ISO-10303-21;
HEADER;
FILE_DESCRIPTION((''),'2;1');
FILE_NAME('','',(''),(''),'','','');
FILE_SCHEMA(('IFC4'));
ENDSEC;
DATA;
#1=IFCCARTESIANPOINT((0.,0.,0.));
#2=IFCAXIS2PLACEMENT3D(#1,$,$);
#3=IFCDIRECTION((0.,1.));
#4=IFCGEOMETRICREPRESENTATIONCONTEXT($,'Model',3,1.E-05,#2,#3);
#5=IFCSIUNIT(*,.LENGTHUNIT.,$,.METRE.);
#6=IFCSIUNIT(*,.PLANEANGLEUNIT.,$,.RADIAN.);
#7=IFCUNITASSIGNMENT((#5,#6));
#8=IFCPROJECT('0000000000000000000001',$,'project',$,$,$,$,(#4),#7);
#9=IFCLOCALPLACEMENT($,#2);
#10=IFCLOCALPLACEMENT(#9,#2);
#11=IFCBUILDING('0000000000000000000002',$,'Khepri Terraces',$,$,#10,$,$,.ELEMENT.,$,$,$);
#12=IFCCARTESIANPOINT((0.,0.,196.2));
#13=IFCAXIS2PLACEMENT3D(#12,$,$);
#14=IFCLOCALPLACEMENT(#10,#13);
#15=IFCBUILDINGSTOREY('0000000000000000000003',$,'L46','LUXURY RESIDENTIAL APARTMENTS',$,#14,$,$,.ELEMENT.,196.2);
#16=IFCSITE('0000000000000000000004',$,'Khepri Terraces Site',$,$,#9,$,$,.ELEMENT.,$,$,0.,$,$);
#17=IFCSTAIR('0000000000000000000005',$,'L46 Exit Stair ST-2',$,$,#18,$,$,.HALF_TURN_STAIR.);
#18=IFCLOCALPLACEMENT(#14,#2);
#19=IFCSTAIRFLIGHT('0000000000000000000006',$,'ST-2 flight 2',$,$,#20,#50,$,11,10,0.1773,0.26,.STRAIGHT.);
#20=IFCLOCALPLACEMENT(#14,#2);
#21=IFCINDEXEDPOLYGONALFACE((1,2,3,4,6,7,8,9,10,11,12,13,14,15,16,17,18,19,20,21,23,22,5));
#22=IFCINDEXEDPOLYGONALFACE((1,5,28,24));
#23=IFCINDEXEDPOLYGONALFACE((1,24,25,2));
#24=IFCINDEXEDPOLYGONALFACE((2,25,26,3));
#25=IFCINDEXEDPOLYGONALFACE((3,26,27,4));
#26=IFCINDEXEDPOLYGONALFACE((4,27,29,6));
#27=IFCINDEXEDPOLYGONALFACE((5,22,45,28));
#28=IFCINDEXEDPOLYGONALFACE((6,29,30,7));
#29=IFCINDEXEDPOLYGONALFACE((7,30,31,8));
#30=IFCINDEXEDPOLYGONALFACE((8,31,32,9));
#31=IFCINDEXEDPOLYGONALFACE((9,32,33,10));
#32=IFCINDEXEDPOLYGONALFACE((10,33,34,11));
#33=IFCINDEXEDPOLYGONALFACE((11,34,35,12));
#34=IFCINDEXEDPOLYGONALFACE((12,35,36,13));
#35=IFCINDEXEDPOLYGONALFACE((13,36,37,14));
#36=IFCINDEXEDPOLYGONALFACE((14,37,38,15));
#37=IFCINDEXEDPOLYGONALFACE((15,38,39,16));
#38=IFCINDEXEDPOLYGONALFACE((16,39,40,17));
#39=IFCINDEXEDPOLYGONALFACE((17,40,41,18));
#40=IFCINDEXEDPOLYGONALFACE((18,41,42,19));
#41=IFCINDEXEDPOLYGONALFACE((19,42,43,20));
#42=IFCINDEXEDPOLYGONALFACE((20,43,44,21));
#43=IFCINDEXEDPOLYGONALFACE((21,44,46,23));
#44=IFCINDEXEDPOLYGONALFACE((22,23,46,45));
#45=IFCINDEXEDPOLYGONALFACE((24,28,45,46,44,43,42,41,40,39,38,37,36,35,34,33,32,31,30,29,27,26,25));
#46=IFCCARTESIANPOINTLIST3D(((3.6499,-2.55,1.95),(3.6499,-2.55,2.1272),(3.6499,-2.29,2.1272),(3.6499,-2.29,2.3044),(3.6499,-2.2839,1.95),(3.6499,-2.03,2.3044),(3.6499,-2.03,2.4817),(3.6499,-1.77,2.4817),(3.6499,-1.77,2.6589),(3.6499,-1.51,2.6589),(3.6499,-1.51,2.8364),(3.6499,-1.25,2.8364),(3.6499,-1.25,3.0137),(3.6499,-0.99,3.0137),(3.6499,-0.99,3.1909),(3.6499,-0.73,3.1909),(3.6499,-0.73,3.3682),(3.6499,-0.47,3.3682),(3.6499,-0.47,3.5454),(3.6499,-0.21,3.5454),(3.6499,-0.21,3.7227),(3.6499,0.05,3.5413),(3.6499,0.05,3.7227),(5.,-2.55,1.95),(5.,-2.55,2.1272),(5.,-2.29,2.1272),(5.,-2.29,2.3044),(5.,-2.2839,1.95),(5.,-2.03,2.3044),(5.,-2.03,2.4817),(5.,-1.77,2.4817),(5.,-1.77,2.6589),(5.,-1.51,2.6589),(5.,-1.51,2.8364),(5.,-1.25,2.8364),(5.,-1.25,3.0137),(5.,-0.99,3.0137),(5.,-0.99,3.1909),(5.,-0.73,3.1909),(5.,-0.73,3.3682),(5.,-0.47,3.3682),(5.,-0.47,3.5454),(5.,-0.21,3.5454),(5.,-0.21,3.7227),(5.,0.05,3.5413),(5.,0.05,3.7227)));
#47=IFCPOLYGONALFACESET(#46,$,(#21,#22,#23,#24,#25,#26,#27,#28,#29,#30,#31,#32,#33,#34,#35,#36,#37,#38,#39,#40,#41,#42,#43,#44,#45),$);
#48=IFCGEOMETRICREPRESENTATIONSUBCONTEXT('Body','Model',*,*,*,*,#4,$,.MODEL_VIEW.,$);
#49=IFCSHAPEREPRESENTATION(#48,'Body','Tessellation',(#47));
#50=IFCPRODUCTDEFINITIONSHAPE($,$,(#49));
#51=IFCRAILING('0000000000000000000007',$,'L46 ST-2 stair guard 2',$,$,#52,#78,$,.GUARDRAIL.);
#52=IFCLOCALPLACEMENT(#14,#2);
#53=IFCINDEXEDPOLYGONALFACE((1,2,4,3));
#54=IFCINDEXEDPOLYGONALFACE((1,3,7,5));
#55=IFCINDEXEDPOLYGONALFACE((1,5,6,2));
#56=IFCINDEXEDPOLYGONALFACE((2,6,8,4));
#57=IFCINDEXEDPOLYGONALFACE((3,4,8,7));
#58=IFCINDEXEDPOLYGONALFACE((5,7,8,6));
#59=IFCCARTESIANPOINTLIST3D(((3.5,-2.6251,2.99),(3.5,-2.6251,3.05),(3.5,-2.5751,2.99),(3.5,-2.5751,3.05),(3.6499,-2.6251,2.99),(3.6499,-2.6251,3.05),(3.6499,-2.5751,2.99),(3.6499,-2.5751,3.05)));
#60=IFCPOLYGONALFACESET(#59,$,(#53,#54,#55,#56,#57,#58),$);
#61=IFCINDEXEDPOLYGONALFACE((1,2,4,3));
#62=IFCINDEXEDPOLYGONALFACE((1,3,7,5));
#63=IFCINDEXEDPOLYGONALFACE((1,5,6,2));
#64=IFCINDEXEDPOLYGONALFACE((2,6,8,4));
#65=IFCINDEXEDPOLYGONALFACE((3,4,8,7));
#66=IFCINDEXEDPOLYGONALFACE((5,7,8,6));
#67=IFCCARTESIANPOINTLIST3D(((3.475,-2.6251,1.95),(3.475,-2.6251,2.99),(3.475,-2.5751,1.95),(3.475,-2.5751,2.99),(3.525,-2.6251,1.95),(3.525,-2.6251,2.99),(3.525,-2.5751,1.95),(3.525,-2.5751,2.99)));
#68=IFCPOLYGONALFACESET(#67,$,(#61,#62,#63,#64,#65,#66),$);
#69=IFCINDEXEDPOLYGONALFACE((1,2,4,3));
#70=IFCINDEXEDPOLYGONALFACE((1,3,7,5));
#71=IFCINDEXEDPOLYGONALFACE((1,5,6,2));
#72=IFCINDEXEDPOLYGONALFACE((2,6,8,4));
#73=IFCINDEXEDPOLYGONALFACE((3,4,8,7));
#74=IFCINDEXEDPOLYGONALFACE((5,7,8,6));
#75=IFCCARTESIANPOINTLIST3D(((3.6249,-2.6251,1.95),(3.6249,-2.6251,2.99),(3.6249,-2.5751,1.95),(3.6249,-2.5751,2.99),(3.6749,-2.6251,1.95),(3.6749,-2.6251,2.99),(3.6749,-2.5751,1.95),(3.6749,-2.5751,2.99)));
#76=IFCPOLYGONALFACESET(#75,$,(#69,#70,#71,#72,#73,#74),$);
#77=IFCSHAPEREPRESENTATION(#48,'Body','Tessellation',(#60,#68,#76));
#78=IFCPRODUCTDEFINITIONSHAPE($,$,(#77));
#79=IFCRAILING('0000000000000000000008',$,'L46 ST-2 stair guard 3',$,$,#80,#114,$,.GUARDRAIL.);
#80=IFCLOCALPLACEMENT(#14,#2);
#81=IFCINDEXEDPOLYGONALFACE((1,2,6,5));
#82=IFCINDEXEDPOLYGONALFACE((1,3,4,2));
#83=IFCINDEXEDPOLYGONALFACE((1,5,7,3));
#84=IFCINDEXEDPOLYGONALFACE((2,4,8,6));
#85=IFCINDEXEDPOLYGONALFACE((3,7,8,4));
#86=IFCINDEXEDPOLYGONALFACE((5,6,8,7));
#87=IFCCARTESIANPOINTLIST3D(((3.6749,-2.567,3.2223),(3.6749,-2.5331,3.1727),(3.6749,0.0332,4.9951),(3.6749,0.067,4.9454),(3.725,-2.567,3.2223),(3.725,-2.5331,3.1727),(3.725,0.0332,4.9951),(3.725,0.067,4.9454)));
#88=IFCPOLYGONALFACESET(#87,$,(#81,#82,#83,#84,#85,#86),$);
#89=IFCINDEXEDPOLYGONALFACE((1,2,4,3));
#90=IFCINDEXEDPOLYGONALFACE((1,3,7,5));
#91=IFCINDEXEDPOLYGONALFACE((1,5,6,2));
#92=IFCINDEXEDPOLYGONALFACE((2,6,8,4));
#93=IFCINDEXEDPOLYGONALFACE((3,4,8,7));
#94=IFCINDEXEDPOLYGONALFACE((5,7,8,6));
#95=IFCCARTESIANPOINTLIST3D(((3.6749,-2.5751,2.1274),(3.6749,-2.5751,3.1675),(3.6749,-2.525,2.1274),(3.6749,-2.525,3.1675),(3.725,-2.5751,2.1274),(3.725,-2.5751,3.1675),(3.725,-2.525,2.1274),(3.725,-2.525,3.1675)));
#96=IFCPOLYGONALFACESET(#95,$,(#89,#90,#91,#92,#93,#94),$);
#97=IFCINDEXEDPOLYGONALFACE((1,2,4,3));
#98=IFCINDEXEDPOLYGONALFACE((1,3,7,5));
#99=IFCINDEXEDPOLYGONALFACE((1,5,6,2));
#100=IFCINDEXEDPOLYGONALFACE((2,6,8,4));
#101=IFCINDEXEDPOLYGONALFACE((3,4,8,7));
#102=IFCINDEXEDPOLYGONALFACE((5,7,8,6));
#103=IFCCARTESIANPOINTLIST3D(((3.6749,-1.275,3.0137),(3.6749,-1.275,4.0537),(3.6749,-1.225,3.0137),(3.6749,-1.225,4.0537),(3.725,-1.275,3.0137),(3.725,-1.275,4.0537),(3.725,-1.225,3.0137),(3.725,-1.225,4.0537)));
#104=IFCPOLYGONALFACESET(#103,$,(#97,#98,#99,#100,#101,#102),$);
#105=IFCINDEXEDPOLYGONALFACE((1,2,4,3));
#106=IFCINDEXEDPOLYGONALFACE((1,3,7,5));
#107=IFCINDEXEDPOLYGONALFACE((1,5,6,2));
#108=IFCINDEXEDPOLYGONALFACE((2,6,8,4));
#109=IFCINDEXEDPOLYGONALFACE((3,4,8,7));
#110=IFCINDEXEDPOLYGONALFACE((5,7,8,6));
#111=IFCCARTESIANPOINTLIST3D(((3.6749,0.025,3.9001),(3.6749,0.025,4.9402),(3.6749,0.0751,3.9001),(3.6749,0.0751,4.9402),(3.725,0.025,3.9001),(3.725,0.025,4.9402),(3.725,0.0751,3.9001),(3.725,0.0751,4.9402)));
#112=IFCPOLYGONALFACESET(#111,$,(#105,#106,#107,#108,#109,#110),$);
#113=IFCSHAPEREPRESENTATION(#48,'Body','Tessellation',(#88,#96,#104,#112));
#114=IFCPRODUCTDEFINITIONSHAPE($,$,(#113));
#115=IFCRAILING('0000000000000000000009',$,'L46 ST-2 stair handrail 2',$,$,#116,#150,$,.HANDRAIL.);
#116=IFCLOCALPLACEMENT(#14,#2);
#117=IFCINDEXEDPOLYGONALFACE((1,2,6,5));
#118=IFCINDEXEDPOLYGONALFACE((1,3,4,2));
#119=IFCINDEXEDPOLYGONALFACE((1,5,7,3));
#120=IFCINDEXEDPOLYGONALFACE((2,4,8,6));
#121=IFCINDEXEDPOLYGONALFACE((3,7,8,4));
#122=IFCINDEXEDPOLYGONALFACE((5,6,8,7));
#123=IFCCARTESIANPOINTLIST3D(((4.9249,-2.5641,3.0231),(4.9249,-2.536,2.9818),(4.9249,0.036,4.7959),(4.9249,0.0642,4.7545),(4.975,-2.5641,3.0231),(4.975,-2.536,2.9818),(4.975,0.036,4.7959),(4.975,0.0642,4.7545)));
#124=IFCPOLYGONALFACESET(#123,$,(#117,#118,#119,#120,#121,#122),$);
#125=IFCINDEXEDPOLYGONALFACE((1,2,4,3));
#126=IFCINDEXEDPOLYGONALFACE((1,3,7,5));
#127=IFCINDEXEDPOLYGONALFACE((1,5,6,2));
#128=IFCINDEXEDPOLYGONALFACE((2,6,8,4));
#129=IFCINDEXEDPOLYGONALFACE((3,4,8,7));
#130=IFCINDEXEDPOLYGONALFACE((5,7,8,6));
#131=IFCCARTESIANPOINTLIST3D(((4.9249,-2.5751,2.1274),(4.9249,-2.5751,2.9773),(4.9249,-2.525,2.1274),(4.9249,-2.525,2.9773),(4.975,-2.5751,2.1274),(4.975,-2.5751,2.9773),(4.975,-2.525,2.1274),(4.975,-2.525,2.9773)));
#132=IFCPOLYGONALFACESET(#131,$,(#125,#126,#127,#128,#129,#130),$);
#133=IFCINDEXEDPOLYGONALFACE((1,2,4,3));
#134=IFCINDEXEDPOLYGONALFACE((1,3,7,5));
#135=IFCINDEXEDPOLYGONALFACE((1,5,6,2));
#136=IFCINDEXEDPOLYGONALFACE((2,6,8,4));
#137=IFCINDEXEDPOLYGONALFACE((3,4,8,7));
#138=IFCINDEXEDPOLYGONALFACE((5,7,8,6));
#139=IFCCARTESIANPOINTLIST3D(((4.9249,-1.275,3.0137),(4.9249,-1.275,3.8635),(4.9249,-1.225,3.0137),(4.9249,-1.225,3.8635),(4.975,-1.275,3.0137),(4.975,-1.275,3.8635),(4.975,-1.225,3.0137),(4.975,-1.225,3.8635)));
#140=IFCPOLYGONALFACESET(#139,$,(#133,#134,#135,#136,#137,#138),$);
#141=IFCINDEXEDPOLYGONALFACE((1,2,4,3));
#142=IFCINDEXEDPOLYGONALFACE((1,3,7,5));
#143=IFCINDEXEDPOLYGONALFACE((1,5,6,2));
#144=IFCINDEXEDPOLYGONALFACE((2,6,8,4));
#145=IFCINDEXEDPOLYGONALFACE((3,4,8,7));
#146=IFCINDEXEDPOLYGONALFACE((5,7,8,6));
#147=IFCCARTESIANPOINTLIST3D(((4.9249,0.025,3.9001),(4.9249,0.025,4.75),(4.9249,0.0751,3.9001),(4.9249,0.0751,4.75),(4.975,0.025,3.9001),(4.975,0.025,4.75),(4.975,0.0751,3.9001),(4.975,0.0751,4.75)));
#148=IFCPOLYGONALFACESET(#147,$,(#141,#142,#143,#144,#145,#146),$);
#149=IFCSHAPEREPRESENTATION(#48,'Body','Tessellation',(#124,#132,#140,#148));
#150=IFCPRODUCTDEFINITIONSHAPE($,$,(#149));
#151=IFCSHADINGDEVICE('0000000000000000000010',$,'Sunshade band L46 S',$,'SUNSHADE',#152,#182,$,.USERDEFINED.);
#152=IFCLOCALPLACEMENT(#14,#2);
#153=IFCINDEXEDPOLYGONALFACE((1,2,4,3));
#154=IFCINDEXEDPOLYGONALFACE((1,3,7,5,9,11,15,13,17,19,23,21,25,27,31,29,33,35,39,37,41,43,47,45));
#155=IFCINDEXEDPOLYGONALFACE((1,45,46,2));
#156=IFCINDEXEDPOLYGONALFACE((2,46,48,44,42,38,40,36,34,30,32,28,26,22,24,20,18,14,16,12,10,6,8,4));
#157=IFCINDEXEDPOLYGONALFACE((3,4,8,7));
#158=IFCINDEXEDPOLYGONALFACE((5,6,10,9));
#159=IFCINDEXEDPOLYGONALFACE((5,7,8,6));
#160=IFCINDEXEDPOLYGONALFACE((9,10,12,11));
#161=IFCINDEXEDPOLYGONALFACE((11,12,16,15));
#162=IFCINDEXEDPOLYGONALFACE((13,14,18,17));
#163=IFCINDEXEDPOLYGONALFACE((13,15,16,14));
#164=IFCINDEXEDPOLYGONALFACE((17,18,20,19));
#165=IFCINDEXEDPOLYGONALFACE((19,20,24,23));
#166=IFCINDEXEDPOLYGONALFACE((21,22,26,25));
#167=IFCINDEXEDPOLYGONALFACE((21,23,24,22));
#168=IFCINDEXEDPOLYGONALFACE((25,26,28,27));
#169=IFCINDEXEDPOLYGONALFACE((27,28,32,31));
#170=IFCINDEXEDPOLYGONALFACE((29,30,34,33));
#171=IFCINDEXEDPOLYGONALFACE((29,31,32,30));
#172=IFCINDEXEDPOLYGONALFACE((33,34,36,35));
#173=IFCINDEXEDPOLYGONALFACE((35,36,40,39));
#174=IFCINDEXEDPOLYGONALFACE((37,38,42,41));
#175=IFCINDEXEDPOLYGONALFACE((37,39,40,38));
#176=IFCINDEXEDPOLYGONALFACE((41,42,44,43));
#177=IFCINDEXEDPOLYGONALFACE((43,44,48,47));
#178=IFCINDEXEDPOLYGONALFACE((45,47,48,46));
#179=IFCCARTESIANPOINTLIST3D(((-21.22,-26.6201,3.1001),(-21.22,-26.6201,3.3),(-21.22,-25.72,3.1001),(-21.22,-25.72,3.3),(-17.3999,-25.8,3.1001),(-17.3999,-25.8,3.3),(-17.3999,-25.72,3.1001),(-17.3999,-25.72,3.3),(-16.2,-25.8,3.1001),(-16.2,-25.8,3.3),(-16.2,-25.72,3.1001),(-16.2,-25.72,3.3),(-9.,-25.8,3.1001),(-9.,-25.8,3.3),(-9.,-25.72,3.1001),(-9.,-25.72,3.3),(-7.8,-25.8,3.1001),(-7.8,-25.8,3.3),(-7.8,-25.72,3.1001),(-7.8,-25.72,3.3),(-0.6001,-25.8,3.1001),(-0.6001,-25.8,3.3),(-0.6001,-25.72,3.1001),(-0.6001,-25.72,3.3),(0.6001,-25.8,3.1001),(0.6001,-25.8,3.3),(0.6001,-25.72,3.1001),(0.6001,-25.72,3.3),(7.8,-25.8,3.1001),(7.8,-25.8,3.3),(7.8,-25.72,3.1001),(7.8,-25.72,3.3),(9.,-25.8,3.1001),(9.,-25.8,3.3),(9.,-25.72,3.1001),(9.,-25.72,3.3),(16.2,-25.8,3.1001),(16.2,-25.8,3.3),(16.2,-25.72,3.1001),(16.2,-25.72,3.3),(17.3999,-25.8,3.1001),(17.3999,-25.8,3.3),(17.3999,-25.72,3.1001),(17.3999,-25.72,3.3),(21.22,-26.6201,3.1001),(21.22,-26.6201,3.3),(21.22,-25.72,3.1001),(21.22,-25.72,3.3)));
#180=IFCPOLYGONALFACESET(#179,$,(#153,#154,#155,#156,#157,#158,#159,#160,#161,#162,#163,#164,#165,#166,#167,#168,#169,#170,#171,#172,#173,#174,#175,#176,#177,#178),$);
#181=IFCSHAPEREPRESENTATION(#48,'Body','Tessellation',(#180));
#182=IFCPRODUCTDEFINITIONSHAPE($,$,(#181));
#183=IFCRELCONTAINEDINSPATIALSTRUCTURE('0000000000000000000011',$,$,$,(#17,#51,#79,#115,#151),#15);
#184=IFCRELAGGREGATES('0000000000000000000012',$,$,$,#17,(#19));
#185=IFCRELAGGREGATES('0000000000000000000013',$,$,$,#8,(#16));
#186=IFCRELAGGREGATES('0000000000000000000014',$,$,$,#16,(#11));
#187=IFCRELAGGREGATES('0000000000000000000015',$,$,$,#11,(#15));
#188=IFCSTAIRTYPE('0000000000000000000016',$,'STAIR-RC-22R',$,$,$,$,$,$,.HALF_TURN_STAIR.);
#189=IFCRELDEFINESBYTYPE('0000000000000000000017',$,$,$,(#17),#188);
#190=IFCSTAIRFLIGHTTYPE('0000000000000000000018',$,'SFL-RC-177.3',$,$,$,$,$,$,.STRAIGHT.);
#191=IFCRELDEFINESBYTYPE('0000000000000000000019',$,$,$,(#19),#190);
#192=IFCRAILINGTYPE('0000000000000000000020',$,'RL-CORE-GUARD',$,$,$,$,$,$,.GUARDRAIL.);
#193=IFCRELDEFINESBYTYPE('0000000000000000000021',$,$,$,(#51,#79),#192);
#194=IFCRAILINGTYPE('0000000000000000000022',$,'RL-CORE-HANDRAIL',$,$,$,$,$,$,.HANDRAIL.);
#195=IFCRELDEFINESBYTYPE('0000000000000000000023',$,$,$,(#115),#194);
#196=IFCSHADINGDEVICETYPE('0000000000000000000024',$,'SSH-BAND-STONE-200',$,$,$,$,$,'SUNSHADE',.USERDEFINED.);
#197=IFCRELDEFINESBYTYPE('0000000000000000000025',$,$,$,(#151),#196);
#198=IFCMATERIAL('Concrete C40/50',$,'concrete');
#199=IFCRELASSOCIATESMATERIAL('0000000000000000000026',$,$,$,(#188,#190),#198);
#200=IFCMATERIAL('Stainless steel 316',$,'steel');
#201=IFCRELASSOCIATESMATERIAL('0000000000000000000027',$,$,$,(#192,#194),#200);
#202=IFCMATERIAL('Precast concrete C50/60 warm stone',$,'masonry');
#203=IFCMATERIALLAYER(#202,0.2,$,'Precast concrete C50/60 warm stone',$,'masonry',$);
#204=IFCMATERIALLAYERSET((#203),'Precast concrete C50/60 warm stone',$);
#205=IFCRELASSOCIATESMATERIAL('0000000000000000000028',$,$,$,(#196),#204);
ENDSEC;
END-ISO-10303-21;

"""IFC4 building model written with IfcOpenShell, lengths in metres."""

from ifc_helpers import new_model, si_unit, direction, frame, origin, origin_2d, place, context, subcontext, project, spatial, polyline, rectangle, outline, extrude, material, layer, layer_set, type_object, element, aggregate, save


model = new_model("IFC4")

# Units and contexts
model_context = context("Model", 3, precision=1e-05, world=origin(), true_north=direction((0.0, 1.0)))
body_context = subcontext(model_context, "Body", "Model", "MODEL_VIEW")
ifc_project = project(units=[si_unit("LENGTHUNIT", "METRE"), si_unit("PLANEANGLEUNIT", "RADIAN")], contexts=[model_context])

# Site, building, storey
site_placement = place(None, origin())
site = spatial("IfcSite", under=ifc_project, at=site_placement, Name="Khepri Terraces Site", CompositionType="ELEMENT", RefElevation=0.0)
building_placement = place(site_placement, origin())
building = spatial("IfcBuilding", under=site, at=building_placement, Name="Khepri Terraces", CompositionType="ELEMENT")
storey_placement = place(building_placement, frame((0.0, 0.0, 196.2)))
storey = spatial("IfcBuildingStorey", under=building, at=storey_placement, Name="L46", Description="LUXURY RESIDENTIAL APARTMENTS", CompositionType="ELEMENT", Elevation=196.2)

# Shared definitions
ifc_material_1 = material(Name="Precast concrete C50/60 warm stone", Category="masonry")

# Stair, stair flight
ifc_material_2 = material(Name="Concrete C40/50", Category="concrete")
stair_type = type_object("IfcStairType", Name="STAIR-RC-22R", PredefinedType="HALF_TURN_STAIR", material=ifc_material_2)
stair_placement = place(storey_placement, origin())
stair = element("IfcStair", 1, at=stair_placement, inside=storey, type_object=stair_type, Name="L46 Exit Stair ST-2", PredefinedType="HALF_TURN_STAIR")
stair_flight_type = type_object("IfcStairFlightType", Name="SFL-RC-177.3", PredefinedType="STRAIGHT", material=ifc_material_2)
stair_flight_placement = place(storey_placement, frame((4.325, -2.55, 1.95), z_axis=(0.0, 0.0, 1.0), x_axis=(0.0, 1.0, 0.0)))
stair_flight = element("IfcStairFlight", 2, at=stair_flight_placement, type_object=stair_flight_type, Name="ST-2 flight 2", NumberOfRisers=11, NumberOfTreads=10, PredefinedType="STRAIGHT", RiserHeight=0.1773, TreadLength=0.26, context=body_context, shape_type="SweptSolid", body=[
    extrude(outline(polyline([(0.0, 0.0), (0.0, 0.1772), (0.26, 0.1772), (0.26, 0.3545), (0.52, 0.3545), (0.52, 0.5317), (0.78, 0.5317), (0.78, 0.709), (1.04, 0.709), (1.04, 0.8865), (1.3, 0.8865), (1.3, 1.0637), (1.5601, 1.0637), (1.5601, 1.241), (1.8201, 1.241), (1.8201, 1.4182), (2.0801, 1.4182), (2.0801, 1.5955), (2.3401, 1.5955), (2.3401, 1.7727), (2.6001, 1.7727), (2.6001, 1.95), (2.6001, 1.5913), (0.2661, 0.0), (0.0, 0.0)])), frame((0.0, 0.675, 0.0), z_axis=(0.0, -1.0, 0.0), x_axis=(1.0, 0.0, 0.0)), (0.0, 0.0, 1.0), 1.3501),
])
aggregate(stair, [stair_flight])

# Railings
ifc_material_3 = material(Name="Stainless steel 316", Category="steel")
railing_type_1 = type_object("IfcRailingType", Name="RL-CORE-GUARD", PredefinedType="GUARDRAIL", material=ifc_material_3)
railing_1_placement = place(storey_placement, frame((3.5, -2.6001, 1.95)))
element("IfcRailing", 3, at=railing_1_placement, inside=storey, type_object=railing_type_1, Name="L46 ST-2 stair guard 2", PredefinedType="GUARDRAIL", context=body_context, shape_type="SweptSolid", body=[
    extrude(rectangle(XDim=0.05, YDim=0.0601, at=origin_2d()), frame((0.0, 0.0, 1.0701), z_axis=(1.0, 0.0, 0.0), x_axis=(0.0, 1.0, 0.0)), (0.0, 0.0, 1.0), 0.1499),
    extrude(rectangle(XDim=0.05, YDim=0.05, at=origin_2d()), origin(), (0.0, 0.0, 1.0), 1.04),
    extrude(rectangle(XDim=0.05, YDim=0.05, at=origin_2d()), frame((0.1499, 0.0, 0.0)), (0.0, 0.0, 1.0), 1.04),
])
railing_2_placement = place(storey_placement, frame((3.7, -2.55, 2.1274)))
element("IfcRailing", 4, at=railing_2_placement, inside=storey, type_object=railing_type_1, Name="L46 ST-2 stair guard 3", PredefinedType="GUARDRAIL", context=body_context, shape_type="SweptSolid", body=[
    extrude(rectangle(XDim=0.05, YDim=0.0601, at=origin_2d()), frame((0.0, 0.0, 1.0701), z_axis=(0.0, 0.82624, 0.563318), x_axis=(-1.0, 0.0, 0.0)), (0.0, 0.0, 1.0), 3.147),
    extrude(rectangle(XDim=0.05, YDim=0.05, at=origin_2d()), origin(), (0.0, 0.0, 1.0), 1.04),
    extrude(rectangle(XDim=0.05, YDim=0.05, at=origin_2d()), frame((0.0, 1.3, 0.8862)), (0.0, 0.0, 1.0), 1.04),
    extrude(rectangle(XDim=0.05, YDim=0.05, at=origin_2d()), frame((0.0, 2.6001, 1.7727)), (0.0, 0.0, 1.0), 1.04),
])
railing_type_2 = type_object("IfcRailingType", Name="RL-CORE-HANDRAIL", PredefinedType="HANDRAIL", material=ifc_material_3)
railing_3_placement = place(storey_placement, frame((4.95, -2.55, 2.1274)))
element("IfcRailing", 5, at=railing_3_placement, inside=storey, type_object=railing_type_2, Name="L46 ST-2 stair handrail 2", PredefinedType="HANDRAIL", context=body_context, shape_type="SweptSolid", body=[
    extrude(rectangle(XDim=0.05, YDim=0.05, at=origin_2d()), frame((0.0, 0.0, 0.875), z_axis=(0.0, 0.82624, 0.563318), x_axis=(-1.0, 0.0, 0.0)), (0.0, 0.0, 1.0), 3.147),
    extrude(rectangle(XDim=0.05, YDim=0.05, at=origin_2d()), origin(), (0.0, 0.0, 1.0), 0.8499),
    extrude(rectangle(XDim=0.05, YDim=0.05, at=origin_2d()), frame((0.0, 1.3, 0.8862)), (0.0, 0.0, 1.0), 0.8499),
    extrude(rectangle(XDim=0.05, YDim=0.05, at=origin_2d()), frame((0.0, 2.6001, 1.7727)), (0.0, 0.0, 1.0), 0.8499),
])

# Shading device
ifc_layer_1 = layer(ifc_material_1, 0.2, Name="Precast concrete C50/60 warm stone", Category="masonry")
ifc_layer_set_1 = layer_set([ifc_layer_1], Name="Precast concrete C50/60 warm stone")
shading_device_type_1 = type_object("IfcShadingDeviceType", Name="SSH-BAND-STONE-200", ElementType="SUNSHADE", PredefinedType="USERDEFINED", material=ifc_layer_set_1)
shading_device_1_placement = place(storey_placement, frame((0.0, 0.0, 3.1001)))
element("IfcShadingDevice", 6, at=shading_device_1_placement, inside=storey, type_object=shading_device_type_1, Name="Sunshade band L46 S", ObjectType="SUNSHADE", PredefinedType="USERDEFINED", context=body_context, shape_type="SweptSolid", body=[
    extrude(outline(polyline([(-17.3999, -25.72), (-21.22, -25.72), (-21.22, -26.6201), (21.22, -26.6201), (21.22, -25.72), (17.3999, -25.72), (17.3999, -25.8), (16.2, -25.8), (16.2, -25.72), (9.0, -25.72), (9.0, -25.8), (7.8, -25.8), (7.8, -25.72), (0.6001, -25.72), (0.6001, -25.8), (-0.6001, -25.8), (-0.6001, -25.72), (-7.8, -25.72), (-7.8, -25.8), (-9.0, -25.8), (-9.0, -25.72), (-16.2, -25.72), (-16.2, -25.8), (-17.3999, -25.8), (-17.3999, -25.72)])), origin(), (0.0, 0.0, 1.0), 0.2),
])

save(model, "model.ifc")
